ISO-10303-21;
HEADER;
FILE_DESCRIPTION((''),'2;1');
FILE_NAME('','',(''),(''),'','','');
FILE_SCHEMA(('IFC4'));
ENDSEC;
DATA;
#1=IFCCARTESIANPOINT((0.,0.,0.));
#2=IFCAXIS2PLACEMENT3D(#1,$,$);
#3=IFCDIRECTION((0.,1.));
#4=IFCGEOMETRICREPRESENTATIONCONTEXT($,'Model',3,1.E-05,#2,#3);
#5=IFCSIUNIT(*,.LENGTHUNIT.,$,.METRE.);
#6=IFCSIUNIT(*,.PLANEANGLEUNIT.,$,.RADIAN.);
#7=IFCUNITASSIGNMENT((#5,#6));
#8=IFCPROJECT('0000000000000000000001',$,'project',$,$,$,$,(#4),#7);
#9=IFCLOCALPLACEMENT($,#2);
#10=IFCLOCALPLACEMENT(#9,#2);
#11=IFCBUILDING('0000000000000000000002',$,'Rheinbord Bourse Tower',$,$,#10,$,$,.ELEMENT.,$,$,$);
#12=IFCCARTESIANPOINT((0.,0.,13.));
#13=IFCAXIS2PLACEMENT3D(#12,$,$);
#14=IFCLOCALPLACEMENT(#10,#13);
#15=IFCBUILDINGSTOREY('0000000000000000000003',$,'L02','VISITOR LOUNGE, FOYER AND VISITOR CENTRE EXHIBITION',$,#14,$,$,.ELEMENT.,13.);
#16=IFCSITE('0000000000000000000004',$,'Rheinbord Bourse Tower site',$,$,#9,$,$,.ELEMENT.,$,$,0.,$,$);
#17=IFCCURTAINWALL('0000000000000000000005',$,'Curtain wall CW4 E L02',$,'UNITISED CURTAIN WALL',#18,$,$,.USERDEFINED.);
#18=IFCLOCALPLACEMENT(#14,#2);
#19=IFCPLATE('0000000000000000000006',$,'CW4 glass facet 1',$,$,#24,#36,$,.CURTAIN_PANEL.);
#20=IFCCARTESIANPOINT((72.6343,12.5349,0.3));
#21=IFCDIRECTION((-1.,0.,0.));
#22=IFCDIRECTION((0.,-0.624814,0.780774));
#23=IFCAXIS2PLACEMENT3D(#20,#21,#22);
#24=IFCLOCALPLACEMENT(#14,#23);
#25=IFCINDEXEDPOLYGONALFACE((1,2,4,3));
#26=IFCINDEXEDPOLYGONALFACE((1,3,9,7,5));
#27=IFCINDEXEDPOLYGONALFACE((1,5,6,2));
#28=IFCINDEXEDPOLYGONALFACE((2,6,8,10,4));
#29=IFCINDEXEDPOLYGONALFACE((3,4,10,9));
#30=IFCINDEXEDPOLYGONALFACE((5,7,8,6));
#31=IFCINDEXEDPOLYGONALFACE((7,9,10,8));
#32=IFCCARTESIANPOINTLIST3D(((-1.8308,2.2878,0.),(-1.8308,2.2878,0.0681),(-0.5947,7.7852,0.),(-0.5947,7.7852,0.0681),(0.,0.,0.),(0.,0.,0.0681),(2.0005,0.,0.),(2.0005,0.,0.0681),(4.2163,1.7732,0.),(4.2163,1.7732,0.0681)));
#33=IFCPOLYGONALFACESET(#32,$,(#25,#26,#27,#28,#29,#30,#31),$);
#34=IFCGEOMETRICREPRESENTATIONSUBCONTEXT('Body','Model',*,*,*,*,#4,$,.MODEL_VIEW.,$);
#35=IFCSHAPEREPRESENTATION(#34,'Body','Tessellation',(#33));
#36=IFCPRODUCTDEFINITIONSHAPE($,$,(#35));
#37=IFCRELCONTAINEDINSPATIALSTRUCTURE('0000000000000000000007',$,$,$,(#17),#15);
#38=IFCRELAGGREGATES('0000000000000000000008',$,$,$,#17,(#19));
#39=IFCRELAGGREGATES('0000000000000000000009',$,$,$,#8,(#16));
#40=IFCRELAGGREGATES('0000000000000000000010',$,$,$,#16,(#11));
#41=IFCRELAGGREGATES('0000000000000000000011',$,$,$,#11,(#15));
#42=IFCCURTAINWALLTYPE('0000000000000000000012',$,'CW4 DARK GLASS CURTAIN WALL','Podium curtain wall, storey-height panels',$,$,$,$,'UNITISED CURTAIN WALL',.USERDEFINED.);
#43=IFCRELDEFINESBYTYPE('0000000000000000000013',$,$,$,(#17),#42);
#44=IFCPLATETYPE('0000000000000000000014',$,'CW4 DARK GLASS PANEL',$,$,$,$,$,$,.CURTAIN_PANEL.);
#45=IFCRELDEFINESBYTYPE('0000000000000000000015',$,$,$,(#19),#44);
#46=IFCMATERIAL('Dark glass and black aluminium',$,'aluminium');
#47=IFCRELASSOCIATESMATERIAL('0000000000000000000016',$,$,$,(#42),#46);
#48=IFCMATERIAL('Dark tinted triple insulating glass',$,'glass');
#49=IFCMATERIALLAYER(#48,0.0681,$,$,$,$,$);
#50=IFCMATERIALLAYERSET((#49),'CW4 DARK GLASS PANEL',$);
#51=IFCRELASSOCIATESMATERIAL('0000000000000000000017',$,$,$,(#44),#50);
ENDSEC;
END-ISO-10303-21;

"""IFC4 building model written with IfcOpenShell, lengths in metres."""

from ifc_helpers import new_model, si_unit, direction, frame, origin, place, context, subcontext, project, spatial, polyline, outline, extrude, material, layer, layer_set, type_object, element, aggregate, save


model = new_model("IFC4")

# Units and contexts
model_context = context("Model", 3, precision=1e-05, world=origin(), true_north=direction((0.0, 1.0)))
body_context = subcontext(model_context, "Body", "Model", "MODEL_VIEW")
ifc_project = project(units=[si_unit("LENGTHUNIT", "METRE"), si_unit("PLANEANGLEUNIT", "RADIAN")], contexts=[model_context])

# Site, building, storey
site_placement = place(None, origin())
site = spatial("IfcSite", under=ifc_project, at=site_placement, Name="Rheinbord Bourse Tower site", CompositionType="ELEMENT", RefElevation=0.0)
building_placement = place(site_placement, origin())
building = spatial("IfcBuilding", under=site, at=building_placement, Name="Rheinbord Bourse Tower", CompositionType="ELEMENT")
storey_placement = place(building_placement, frame((0.0, 0.0, 13.0)))
storey = spatial("IfcBuildingStorey", under=building, at=storey_placement, Name="L02", Description="VISITOR LOUNGE, FOYER AND VISITOR CENTRE EXHIBITION", CompositionType="ELEMENT", Elevation=13.0)

# Curtain wall
ifc_material_1 = material(Name="Dark glass and black aluminium", Category="aluminium")
curtain_wall_type = type_object("IfcCurtainWallType", Name="CW4 DARK GLASS CURTAIN WALL", Description="Podium curtain wall, storey-height panels", ElementType="UNITISED CURTAIN WALL", PredefinedType="USERDEFINED", material=ifc_material_1)
curtain_wall_1_placement = place(storey_placement, origin())
curtain_wall_1 = element("IfcCurtainWall", 1, at=curtain_wall_1_placement, inside=storey, type_object=curtain_wall_type, Name="Curtain wall CW4 E L02", ObjectType="UNITISED CURTAIN WALL", PredefinedType="USERDEFINED")

# Plate
ifc_material_2 = material(Name="Dark tinted triple insulating glass", Category="glass")
ifc_layer_1 = layer(ifc_material_2, 0.0681)
ifc_layer_set_1 = layer_set([ifc_layer_1], Name="CW4 DARK GLASS PANEL")
plate_type = type_object("IfcPlateType", Name="CW4 DARK GLASS PANEL", PredefinedType="CURTAIN_PANEL", material=ifc_layer_set_1)
plate_1_placement = place(storey_placement, frame((72.6343, 12.5349, 0.3), z_axis=(-1.0, 0.0, 0.0), x_axis=(0.0, -0.624814, 0.780774)))
plate_1 = element("IfcPlate", 2, at=plate_1_placement, type_object=plate_type, Name="CW4 glass facet 1", PredefinedType="CURTAIN_PANEL", context=body_context, shape_type="SweptSolid", body=[
    extrude(outline(polyline([(0.0, 0.0), (2.0005, 0.0), (4.2163, 1.7732), (-0.5947, 7.7852), (-1.8308, 2.2878), (0.0, 0.0)])), origin(), (0.0, 0.0, 1.0), 0.0681),
])
aggregate(curtain_wall_1, [plate_1])

save(model, "model.ifc")
